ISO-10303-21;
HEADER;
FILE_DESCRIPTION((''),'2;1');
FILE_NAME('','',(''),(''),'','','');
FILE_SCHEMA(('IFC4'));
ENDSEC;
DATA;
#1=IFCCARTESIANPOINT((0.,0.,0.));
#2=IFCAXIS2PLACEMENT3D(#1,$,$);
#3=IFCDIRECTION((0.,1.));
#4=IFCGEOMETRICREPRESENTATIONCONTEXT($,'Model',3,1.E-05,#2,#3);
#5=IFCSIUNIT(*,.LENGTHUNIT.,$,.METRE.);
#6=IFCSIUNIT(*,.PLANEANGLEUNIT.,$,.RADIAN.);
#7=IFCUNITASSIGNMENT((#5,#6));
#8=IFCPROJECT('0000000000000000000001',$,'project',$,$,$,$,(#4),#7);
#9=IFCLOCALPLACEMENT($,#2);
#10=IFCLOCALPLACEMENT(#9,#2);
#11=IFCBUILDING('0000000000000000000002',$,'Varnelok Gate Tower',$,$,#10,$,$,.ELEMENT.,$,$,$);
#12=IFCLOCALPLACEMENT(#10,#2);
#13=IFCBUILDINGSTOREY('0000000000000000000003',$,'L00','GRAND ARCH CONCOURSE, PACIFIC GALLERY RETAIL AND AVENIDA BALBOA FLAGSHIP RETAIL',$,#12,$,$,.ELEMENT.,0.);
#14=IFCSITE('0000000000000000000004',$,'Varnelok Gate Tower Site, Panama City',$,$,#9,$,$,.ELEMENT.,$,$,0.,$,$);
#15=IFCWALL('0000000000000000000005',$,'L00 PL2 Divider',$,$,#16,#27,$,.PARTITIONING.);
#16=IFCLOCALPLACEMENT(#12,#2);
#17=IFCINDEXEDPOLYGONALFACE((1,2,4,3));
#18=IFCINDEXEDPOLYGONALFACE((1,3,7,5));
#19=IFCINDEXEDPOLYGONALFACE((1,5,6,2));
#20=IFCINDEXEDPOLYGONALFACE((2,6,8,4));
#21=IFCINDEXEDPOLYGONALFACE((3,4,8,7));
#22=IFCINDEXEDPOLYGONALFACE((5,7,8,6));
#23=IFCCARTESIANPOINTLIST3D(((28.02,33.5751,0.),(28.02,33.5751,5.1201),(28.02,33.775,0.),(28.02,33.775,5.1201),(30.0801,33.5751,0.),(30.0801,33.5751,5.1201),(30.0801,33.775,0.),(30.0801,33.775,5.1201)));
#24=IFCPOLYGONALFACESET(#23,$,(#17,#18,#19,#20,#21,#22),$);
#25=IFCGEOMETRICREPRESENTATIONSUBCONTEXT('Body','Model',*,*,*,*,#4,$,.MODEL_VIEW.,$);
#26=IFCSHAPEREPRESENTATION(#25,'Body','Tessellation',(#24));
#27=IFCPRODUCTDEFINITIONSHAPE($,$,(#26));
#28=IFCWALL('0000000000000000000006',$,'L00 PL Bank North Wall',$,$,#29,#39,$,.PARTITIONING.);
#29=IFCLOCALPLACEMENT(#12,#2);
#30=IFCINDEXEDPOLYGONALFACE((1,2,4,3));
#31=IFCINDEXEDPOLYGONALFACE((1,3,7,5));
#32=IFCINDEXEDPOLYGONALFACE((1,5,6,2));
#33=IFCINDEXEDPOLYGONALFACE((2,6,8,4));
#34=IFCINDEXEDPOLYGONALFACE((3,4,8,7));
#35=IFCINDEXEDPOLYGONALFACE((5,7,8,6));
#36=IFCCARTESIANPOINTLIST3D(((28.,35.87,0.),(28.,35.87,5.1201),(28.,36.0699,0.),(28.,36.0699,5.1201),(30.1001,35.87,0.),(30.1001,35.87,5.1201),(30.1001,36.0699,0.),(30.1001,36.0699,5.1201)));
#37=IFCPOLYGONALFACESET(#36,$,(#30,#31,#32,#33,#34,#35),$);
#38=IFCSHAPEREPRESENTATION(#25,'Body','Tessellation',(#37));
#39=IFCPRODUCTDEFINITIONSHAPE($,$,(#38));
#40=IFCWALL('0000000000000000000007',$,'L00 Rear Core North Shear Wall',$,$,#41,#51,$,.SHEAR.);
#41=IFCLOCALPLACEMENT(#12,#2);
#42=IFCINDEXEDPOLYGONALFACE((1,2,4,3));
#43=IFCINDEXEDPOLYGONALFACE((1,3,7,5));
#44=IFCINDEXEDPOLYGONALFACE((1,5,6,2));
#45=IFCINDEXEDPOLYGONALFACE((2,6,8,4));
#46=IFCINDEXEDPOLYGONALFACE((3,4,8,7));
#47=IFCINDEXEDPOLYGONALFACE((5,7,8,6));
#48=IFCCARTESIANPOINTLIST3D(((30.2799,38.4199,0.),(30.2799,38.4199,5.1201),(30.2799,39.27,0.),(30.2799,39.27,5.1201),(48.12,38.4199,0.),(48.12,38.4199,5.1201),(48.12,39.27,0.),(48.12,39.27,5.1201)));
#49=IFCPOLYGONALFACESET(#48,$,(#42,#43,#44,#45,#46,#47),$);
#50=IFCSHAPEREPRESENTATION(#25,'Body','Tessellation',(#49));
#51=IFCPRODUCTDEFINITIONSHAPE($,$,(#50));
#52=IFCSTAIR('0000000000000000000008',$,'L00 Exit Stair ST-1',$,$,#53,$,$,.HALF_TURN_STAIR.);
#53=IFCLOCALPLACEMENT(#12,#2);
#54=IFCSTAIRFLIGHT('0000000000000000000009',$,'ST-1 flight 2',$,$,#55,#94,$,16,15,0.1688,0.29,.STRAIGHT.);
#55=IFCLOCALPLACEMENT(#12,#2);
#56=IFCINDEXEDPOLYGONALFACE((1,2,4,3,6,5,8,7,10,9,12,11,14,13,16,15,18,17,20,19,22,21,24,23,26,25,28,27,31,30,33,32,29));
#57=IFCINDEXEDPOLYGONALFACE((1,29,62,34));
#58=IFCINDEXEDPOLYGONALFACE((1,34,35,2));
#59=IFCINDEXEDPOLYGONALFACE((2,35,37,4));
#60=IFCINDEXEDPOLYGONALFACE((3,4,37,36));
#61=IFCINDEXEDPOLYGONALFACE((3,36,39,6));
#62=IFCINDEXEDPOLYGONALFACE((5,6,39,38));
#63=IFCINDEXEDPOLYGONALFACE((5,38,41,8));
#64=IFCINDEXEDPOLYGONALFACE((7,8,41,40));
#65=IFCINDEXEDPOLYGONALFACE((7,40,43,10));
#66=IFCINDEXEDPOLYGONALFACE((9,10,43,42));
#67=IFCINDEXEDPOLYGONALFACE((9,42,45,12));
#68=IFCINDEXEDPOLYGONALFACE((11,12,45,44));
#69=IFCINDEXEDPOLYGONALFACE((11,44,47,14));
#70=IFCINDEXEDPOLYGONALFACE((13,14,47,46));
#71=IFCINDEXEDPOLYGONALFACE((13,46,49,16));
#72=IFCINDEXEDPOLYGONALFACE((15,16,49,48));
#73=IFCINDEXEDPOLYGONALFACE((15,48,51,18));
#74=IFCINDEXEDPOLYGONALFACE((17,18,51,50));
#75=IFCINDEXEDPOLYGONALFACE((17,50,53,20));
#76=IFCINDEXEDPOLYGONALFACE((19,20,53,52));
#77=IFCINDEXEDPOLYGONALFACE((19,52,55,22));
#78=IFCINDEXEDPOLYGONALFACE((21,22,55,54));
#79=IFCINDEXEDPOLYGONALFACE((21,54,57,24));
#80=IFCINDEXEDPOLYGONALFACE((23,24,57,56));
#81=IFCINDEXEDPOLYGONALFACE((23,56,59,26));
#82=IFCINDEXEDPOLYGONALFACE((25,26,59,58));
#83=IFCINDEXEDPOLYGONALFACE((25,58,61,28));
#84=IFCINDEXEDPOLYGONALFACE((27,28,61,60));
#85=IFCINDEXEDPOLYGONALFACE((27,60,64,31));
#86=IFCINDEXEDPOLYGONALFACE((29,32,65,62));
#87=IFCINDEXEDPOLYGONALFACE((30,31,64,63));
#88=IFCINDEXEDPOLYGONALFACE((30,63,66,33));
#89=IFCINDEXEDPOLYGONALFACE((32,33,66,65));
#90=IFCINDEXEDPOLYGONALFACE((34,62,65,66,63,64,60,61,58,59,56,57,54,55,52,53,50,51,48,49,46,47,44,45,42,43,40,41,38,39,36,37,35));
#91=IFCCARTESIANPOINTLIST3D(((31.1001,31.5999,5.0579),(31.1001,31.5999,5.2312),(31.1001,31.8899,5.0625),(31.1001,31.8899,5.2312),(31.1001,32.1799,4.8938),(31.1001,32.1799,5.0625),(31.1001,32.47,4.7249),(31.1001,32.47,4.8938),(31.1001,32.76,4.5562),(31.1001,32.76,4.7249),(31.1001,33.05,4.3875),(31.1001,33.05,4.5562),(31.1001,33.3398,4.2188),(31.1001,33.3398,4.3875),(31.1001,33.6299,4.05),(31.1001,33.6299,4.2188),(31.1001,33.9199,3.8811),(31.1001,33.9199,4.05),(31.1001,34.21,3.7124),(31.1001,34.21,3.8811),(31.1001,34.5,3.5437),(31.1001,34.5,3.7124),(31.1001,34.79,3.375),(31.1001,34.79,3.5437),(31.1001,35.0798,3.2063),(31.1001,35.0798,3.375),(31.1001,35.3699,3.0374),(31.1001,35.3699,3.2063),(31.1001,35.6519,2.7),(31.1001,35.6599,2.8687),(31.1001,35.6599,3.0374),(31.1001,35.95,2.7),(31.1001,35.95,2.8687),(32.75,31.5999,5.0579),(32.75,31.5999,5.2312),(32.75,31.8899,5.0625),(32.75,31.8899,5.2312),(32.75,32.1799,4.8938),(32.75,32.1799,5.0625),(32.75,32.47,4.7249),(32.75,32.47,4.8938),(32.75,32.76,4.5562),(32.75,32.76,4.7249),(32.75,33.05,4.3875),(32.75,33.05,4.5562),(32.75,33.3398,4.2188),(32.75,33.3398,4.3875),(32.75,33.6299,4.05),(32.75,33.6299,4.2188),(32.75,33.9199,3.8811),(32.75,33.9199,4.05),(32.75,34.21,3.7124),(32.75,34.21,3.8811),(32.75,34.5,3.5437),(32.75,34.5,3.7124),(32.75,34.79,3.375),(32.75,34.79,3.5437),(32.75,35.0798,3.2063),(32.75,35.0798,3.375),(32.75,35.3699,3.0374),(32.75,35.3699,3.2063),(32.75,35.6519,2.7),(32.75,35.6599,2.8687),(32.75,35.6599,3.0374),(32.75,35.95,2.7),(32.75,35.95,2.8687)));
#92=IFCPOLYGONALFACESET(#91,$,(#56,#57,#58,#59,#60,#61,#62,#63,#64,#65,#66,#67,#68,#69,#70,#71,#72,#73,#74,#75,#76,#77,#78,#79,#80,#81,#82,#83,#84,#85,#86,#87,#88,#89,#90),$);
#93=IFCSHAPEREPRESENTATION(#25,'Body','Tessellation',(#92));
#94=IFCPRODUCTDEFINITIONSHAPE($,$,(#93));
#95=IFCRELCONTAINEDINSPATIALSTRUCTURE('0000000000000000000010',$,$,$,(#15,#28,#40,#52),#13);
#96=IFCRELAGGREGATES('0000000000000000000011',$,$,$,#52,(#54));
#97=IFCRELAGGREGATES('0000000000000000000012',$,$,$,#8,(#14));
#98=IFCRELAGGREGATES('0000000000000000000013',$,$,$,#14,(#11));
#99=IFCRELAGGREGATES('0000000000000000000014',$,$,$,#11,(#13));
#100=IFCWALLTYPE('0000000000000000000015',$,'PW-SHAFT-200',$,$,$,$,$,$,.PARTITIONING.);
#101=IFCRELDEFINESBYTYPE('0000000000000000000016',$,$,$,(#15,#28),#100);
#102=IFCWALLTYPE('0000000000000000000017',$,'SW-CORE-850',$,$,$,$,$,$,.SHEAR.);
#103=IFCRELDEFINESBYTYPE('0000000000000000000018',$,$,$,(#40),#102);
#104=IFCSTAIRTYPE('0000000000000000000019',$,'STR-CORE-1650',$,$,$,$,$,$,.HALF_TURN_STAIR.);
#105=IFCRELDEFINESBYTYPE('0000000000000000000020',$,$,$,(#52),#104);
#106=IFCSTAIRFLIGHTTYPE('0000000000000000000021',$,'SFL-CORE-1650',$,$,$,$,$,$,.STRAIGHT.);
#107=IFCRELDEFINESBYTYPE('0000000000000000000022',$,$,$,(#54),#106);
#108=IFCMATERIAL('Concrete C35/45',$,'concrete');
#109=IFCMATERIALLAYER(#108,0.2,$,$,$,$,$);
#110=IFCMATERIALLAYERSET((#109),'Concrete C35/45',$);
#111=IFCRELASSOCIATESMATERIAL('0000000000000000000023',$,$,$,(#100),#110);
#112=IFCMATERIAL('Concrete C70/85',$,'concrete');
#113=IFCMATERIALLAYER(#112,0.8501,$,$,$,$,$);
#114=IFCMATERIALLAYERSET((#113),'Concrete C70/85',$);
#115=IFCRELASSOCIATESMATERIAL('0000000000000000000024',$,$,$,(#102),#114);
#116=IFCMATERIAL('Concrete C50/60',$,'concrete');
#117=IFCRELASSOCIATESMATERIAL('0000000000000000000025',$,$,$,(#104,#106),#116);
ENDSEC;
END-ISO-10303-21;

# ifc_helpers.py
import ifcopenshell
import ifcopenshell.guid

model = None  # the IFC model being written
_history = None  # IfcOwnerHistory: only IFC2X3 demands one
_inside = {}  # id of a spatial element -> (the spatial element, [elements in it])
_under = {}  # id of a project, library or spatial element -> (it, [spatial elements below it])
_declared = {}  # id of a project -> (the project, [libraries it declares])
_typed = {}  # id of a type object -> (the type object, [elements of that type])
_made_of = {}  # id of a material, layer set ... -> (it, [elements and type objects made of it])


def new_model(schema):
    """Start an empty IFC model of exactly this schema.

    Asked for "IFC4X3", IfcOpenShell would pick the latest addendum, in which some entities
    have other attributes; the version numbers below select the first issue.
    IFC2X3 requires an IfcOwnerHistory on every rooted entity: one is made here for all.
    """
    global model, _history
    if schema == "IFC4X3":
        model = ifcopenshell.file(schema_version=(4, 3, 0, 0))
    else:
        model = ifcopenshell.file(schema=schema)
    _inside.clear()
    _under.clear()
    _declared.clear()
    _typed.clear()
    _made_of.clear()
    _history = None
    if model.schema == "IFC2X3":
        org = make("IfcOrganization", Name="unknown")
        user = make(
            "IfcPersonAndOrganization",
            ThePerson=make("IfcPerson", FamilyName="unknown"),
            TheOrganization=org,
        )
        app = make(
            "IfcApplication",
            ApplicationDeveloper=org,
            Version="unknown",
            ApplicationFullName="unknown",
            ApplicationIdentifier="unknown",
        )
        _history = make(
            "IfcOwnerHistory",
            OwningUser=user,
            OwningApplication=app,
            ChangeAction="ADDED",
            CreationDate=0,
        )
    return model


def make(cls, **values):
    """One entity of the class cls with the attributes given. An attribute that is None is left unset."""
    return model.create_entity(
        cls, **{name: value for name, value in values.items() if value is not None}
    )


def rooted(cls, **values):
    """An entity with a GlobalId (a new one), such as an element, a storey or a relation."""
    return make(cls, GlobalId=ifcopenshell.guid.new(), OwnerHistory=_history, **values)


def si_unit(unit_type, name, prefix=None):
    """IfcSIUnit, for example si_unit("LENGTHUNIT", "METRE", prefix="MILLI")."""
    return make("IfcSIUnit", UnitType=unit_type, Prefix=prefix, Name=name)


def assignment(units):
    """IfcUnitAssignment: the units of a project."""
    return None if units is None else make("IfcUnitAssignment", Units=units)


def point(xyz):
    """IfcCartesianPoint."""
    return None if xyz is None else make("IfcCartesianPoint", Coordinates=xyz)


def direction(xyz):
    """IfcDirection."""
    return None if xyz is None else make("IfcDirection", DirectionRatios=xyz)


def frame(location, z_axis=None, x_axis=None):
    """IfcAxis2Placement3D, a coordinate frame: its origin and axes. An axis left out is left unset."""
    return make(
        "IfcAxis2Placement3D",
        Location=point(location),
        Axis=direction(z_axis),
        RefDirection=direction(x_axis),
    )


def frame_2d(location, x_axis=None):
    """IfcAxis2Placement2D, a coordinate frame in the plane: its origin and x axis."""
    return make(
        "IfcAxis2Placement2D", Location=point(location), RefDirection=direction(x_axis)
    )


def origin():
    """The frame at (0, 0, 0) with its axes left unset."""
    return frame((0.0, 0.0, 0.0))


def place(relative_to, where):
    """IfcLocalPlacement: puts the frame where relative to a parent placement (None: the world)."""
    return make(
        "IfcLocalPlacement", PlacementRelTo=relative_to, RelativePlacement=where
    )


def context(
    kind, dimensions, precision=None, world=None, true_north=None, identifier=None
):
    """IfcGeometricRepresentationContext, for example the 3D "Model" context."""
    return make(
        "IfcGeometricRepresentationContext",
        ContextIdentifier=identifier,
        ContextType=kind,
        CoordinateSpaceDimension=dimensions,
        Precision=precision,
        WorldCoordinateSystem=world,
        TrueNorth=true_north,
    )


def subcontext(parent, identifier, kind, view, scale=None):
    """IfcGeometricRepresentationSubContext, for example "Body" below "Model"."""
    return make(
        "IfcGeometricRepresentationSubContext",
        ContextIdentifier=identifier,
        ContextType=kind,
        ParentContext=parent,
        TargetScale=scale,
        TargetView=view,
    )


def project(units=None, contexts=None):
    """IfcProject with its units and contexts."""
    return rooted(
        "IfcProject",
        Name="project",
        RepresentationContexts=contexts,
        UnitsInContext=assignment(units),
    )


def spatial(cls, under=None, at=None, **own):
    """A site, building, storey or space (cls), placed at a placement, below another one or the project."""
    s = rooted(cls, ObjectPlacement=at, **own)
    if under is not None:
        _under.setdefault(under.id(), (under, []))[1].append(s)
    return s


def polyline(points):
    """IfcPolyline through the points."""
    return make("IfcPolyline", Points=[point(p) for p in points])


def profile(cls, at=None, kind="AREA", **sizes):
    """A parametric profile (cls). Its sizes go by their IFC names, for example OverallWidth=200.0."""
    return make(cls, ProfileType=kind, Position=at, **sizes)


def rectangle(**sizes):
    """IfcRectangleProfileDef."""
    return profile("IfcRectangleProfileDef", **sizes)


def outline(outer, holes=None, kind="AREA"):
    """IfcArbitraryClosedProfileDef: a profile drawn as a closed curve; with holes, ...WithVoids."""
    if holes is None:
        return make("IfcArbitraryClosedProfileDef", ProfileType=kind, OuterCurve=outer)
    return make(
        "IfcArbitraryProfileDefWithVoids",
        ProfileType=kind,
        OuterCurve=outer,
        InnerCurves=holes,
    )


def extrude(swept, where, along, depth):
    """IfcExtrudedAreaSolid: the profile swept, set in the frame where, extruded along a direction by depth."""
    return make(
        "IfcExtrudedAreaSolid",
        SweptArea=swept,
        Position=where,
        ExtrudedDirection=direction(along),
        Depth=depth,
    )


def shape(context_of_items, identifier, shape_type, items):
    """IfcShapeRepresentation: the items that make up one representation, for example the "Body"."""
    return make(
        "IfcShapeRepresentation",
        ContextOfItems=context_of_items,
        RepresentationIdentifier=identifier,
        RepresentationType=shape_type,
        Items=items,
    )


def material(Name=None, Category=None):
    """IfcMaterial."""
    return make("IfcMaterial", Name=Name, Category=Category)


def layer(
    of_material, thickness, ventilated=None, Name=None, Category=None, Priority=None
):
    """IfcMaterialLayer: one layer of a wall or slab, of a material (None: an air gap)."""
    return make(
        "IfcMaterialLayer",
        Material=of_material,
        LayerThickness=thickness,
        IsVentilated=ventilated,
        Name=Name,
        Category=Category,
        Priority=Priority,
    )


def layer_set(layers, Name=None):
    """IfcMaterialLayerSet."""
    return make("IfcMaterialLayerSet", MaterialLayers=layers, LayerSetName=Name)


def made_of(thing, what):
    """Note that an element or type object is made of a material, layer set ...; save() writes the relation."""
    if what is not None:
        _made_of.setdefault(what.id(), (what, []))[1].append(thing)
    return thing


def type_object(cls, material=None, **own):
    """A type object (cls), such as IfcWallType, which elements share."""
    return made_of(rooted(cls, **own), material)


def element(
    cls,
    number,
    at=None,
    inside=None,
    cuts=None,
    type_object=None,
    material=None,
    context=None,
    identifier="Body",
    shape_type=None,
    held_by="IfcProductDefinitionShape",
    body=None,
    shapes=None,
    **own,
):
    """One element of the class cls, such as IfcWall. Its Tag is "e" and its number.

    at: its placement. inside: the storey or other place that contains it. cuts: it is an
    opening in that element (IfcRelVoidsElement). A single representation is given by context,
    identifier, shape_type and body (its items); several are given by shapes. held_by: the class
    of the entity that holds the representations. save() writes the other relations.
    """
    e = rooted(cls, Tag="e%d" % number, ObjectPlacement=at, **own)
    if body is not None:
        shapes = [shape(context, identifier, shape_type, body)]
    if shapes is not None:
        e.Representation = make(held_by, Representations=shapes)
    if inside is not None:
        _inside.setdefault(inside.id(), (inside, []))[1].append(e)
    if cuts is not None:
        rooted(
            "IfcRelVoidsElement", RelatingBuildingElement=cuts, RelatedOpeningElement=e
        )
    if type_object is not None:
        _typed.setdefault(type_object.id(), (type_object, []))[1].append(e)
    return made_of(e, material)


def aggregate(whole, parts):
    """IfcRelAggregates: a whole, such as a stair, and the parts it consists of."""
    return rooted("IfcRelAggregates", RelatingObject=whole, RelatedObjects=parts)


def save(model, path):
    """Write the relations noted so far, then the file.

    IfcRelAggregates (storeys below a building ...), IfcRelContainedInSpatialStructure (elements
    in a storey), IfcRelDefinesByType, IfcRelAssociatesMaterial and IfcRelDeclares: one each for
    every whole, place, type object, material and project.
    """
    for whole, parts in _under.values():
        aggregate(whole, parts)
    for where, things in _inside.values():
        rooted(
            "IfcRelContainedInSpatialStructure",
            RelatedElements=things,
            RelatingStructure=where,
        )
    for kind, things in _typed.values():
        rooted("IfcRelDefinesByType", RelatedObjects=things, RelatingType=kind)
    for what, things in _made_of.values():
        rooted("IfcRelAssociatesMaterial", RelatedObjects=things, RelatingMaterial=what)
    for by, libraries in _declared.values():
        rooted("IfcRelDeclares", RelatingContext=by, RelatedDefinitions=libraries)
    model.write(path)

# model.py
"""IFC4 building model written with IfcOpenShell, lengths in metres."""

from ifc_helpers import new_model, si_unit, direction, frame, frame_2d, origin, place, context, subcontext, project, spatial, polyline, rectangle, outline, extrude, material, layer, layer_set, type_object, element, aggregate, save


model = new_model("IFC4")

# Units and contexts
model_context = context("Model", 3, precision=1e-05, world=origin(), true_north=direction((0.0, 1.0)))
body_context = subcontext(model_context, "Body", "Model", "MODEL_VIEW")
ifc_project = project(units=[si_unit("LENGTHUNIT", "METRE"), si_unit("PLANEANGLEUNIT", "RADIAN")], contexts=[model_context])

# Site, building, storey
site_placement = place(None, origin())
site = spatial("IfcSite", under=ifc_project, at=site_placement, Name="Varnelok Gate Tower Site, Panama City", CompositionType="ELEMENT", RefElevation=0.0)
building_placement = place(site_placement, origin())
building = spatial("IfcBuilding", under=site, at=building_placement, Name="Varnelok Gate Tower", CompositionType="ELEMENT")
storey_placement = place(building_placement, origin())
storey = spatial("IfcBuildingStorey", under=building, at=storey_placement, Name="L00", Description="GRAND ARCH CONCOURSE, PACIFIC GALLERY RETAIL AND AVENIDA BALBOA FLAGSHIP RETAIL", CompositionType="ELEMENT", Elevation=0.0)

# Shared definitions
ifc_material_1 = material(Name="Concrete C70/85", Category="concrete")

# Walls
ifc_material_2 = material(Name="Concrete C35/45", Category="concrete")
ifc_layer_1 = layer(ifc_material_2, 0.2)
ifc_layer_set_1 = layer_set([ifc_layer_1], Name="Concrete C35/45")
wall_type_1 = type_object("IfcWallType", Name="PW-SHAFT-200", PredefinedType="PARTITIONING", material=ifc_layer_set_1)
wall_1_placement = place(storey_placement, frame((28.02, 33.675, 0.0), z_axis=(0.0, 0.0, 1.0), x_axis=(1.0, 0.0, 0.0)))
element("IfcWall", 1, at=wall_1_placement, inside=storey, type_object=wall_type_1, Name="L00 PL2 Divider", PredefinedType="PARTITIONING", context=body_context, shape_type="SweptSolid", body=[
    extrude(rectangle(XDim=2.0601, YDim=0.2, at=frame_2d((1.03, 0.0))), origin(), (0.0, 0.0, 1.0), 5.1201),
])
wall_2_placement = place(storey_placement, frame((28.0, 35.97, 0.0), z_axis=(0.0, 0.0, 1.0), x_axis=(1.0, 0.0, 0.0)))
element("IfcWall", 2, at=wall_2_placement, inside=storey, type_object=wall_type_1, Name="L00 PL Bank North Wall", PredefinedType="PARTITIONING", context=body_context, shape_type="SweptSolid", body=[
    extrude(rectangle(XDim=2.1001, YDim=0.2, at=frame_2d((1.05, 0.0))), origin(), (0.0, 0.0, 1.0), 5.1201),
])
ifc_layer_2 = layer(ifc_material_1, 0.8501)
ifc_layer_set_2 = layer_set([ifc_layer_2], Name="Concrete C70/85")
wall_type_2 = type_object("IfcWallType", Name="SW-CORE-850", PredefinedType="SHEAR", material=ifc_layer_set_2)
wall_3_placement = place(storey_placement, frame((30.28, 38.845, 0.0), z_axis=(0.0, 0.0, 1.0), x_axis=(1.0, 0.0, 0.0)))
element("IfcWall", 3, at=wall_3_placement, inside=storey, type_object=wall_type_2, Name="L00 Rear Core North Shear Wall", PredefinedType="SHEAR", context=body_context, shape_type="SweptSolid", body=[
    extrude(rectangle(XDim=17.8401, YDim=0.8501, at=frame_2d((8.9199, 0.0))), origin(), (0.0, 0.0, 1.0), 5.1201),
])

# Stair, stair flight
ifc_material_3 = material(Name="Concrete C50/60", Category="concrete")
stair_type = type_object("IfcStairType", Name="STR-CORE-1650", PredefinedType="HALF_TURN_STAIR", material=ifc_material_3)
stair_placement = place(storey_placement, origin())
stair = element("IfcStair", 4, at=stair_placement, inside=storey, type_object=stair_type, Name="L00 Exit Stair ST-1", PredefinedType="HALF_TURN_STAIR")
stair_flight_type = type_object("IfcStairFlightType", Name="SFL-CORE-1650", PredefinedType="STRAIGHT", material=ifc_material_3)
stair_flight_placement = place(storey_placement, frame((31.925, 35.95, 2.7), z_axis=(0.0, 0.0, 1.0), x_axis=(0.0, -1.0, 0.0)))
stair_flight = element("IfcStairFlight", 5, at=stair_flight_placement, type_object=stair_flight_type, Name="ST-1 flight 2", NumberOfRisers=16, NumberOfTreads=15, PredefinedType="STRAIGHT", RiserHeight=0.1688, TreadLength=0.29, context=body_context, shape_type="SweptSolid", body=[
    extrude(outline(polyline([(0.0, 0.0), (0.0, 0.1687), (0.29, 0.1687), (0.29, 0.3374), (0.5801, 0.3374), (0.5801, 0.5063), (0.8701, 0.5063), (0.8701, 0.675), (1.1599, 0.675), (1.1599, 0.8438), (1.45, 0.8438), (1.45, 1.0125), (1.74, 1.0125), (1.74, 1.1812), (2.03, 1.1812), (2.03, 1.3501), (2.3201, 1.3501), (2.3201, 1.5188), (2.6101, 1.5188), (2.6101, 1.6875), (2.8999, 1.6875), (2.8999, 1.8562), (3.1899, 1.8562), (3.1899, 2.0249), (3.48, 2.0249), (3.48, 2.1938), (3.77, 2.1938), (3.77, 2.3625), (4.0601, 2.3625), (4.0601, 2.5312), (4.3501, 2.5312), (4.3501, 2.7), (4.3501, 2.3579), (0.2981, 0.0), (0.0, 0.0)])), frame((0.0, 0.825, 0.0), z_axis=(0.0, -1.0, 0.0), x_axis=(1.0, 0.0, 0.0)), (0.0, 0.0, 1.0), 1.6499),
])
aggregate(stair, [stair_flight])

save(model, "model.ifc")
